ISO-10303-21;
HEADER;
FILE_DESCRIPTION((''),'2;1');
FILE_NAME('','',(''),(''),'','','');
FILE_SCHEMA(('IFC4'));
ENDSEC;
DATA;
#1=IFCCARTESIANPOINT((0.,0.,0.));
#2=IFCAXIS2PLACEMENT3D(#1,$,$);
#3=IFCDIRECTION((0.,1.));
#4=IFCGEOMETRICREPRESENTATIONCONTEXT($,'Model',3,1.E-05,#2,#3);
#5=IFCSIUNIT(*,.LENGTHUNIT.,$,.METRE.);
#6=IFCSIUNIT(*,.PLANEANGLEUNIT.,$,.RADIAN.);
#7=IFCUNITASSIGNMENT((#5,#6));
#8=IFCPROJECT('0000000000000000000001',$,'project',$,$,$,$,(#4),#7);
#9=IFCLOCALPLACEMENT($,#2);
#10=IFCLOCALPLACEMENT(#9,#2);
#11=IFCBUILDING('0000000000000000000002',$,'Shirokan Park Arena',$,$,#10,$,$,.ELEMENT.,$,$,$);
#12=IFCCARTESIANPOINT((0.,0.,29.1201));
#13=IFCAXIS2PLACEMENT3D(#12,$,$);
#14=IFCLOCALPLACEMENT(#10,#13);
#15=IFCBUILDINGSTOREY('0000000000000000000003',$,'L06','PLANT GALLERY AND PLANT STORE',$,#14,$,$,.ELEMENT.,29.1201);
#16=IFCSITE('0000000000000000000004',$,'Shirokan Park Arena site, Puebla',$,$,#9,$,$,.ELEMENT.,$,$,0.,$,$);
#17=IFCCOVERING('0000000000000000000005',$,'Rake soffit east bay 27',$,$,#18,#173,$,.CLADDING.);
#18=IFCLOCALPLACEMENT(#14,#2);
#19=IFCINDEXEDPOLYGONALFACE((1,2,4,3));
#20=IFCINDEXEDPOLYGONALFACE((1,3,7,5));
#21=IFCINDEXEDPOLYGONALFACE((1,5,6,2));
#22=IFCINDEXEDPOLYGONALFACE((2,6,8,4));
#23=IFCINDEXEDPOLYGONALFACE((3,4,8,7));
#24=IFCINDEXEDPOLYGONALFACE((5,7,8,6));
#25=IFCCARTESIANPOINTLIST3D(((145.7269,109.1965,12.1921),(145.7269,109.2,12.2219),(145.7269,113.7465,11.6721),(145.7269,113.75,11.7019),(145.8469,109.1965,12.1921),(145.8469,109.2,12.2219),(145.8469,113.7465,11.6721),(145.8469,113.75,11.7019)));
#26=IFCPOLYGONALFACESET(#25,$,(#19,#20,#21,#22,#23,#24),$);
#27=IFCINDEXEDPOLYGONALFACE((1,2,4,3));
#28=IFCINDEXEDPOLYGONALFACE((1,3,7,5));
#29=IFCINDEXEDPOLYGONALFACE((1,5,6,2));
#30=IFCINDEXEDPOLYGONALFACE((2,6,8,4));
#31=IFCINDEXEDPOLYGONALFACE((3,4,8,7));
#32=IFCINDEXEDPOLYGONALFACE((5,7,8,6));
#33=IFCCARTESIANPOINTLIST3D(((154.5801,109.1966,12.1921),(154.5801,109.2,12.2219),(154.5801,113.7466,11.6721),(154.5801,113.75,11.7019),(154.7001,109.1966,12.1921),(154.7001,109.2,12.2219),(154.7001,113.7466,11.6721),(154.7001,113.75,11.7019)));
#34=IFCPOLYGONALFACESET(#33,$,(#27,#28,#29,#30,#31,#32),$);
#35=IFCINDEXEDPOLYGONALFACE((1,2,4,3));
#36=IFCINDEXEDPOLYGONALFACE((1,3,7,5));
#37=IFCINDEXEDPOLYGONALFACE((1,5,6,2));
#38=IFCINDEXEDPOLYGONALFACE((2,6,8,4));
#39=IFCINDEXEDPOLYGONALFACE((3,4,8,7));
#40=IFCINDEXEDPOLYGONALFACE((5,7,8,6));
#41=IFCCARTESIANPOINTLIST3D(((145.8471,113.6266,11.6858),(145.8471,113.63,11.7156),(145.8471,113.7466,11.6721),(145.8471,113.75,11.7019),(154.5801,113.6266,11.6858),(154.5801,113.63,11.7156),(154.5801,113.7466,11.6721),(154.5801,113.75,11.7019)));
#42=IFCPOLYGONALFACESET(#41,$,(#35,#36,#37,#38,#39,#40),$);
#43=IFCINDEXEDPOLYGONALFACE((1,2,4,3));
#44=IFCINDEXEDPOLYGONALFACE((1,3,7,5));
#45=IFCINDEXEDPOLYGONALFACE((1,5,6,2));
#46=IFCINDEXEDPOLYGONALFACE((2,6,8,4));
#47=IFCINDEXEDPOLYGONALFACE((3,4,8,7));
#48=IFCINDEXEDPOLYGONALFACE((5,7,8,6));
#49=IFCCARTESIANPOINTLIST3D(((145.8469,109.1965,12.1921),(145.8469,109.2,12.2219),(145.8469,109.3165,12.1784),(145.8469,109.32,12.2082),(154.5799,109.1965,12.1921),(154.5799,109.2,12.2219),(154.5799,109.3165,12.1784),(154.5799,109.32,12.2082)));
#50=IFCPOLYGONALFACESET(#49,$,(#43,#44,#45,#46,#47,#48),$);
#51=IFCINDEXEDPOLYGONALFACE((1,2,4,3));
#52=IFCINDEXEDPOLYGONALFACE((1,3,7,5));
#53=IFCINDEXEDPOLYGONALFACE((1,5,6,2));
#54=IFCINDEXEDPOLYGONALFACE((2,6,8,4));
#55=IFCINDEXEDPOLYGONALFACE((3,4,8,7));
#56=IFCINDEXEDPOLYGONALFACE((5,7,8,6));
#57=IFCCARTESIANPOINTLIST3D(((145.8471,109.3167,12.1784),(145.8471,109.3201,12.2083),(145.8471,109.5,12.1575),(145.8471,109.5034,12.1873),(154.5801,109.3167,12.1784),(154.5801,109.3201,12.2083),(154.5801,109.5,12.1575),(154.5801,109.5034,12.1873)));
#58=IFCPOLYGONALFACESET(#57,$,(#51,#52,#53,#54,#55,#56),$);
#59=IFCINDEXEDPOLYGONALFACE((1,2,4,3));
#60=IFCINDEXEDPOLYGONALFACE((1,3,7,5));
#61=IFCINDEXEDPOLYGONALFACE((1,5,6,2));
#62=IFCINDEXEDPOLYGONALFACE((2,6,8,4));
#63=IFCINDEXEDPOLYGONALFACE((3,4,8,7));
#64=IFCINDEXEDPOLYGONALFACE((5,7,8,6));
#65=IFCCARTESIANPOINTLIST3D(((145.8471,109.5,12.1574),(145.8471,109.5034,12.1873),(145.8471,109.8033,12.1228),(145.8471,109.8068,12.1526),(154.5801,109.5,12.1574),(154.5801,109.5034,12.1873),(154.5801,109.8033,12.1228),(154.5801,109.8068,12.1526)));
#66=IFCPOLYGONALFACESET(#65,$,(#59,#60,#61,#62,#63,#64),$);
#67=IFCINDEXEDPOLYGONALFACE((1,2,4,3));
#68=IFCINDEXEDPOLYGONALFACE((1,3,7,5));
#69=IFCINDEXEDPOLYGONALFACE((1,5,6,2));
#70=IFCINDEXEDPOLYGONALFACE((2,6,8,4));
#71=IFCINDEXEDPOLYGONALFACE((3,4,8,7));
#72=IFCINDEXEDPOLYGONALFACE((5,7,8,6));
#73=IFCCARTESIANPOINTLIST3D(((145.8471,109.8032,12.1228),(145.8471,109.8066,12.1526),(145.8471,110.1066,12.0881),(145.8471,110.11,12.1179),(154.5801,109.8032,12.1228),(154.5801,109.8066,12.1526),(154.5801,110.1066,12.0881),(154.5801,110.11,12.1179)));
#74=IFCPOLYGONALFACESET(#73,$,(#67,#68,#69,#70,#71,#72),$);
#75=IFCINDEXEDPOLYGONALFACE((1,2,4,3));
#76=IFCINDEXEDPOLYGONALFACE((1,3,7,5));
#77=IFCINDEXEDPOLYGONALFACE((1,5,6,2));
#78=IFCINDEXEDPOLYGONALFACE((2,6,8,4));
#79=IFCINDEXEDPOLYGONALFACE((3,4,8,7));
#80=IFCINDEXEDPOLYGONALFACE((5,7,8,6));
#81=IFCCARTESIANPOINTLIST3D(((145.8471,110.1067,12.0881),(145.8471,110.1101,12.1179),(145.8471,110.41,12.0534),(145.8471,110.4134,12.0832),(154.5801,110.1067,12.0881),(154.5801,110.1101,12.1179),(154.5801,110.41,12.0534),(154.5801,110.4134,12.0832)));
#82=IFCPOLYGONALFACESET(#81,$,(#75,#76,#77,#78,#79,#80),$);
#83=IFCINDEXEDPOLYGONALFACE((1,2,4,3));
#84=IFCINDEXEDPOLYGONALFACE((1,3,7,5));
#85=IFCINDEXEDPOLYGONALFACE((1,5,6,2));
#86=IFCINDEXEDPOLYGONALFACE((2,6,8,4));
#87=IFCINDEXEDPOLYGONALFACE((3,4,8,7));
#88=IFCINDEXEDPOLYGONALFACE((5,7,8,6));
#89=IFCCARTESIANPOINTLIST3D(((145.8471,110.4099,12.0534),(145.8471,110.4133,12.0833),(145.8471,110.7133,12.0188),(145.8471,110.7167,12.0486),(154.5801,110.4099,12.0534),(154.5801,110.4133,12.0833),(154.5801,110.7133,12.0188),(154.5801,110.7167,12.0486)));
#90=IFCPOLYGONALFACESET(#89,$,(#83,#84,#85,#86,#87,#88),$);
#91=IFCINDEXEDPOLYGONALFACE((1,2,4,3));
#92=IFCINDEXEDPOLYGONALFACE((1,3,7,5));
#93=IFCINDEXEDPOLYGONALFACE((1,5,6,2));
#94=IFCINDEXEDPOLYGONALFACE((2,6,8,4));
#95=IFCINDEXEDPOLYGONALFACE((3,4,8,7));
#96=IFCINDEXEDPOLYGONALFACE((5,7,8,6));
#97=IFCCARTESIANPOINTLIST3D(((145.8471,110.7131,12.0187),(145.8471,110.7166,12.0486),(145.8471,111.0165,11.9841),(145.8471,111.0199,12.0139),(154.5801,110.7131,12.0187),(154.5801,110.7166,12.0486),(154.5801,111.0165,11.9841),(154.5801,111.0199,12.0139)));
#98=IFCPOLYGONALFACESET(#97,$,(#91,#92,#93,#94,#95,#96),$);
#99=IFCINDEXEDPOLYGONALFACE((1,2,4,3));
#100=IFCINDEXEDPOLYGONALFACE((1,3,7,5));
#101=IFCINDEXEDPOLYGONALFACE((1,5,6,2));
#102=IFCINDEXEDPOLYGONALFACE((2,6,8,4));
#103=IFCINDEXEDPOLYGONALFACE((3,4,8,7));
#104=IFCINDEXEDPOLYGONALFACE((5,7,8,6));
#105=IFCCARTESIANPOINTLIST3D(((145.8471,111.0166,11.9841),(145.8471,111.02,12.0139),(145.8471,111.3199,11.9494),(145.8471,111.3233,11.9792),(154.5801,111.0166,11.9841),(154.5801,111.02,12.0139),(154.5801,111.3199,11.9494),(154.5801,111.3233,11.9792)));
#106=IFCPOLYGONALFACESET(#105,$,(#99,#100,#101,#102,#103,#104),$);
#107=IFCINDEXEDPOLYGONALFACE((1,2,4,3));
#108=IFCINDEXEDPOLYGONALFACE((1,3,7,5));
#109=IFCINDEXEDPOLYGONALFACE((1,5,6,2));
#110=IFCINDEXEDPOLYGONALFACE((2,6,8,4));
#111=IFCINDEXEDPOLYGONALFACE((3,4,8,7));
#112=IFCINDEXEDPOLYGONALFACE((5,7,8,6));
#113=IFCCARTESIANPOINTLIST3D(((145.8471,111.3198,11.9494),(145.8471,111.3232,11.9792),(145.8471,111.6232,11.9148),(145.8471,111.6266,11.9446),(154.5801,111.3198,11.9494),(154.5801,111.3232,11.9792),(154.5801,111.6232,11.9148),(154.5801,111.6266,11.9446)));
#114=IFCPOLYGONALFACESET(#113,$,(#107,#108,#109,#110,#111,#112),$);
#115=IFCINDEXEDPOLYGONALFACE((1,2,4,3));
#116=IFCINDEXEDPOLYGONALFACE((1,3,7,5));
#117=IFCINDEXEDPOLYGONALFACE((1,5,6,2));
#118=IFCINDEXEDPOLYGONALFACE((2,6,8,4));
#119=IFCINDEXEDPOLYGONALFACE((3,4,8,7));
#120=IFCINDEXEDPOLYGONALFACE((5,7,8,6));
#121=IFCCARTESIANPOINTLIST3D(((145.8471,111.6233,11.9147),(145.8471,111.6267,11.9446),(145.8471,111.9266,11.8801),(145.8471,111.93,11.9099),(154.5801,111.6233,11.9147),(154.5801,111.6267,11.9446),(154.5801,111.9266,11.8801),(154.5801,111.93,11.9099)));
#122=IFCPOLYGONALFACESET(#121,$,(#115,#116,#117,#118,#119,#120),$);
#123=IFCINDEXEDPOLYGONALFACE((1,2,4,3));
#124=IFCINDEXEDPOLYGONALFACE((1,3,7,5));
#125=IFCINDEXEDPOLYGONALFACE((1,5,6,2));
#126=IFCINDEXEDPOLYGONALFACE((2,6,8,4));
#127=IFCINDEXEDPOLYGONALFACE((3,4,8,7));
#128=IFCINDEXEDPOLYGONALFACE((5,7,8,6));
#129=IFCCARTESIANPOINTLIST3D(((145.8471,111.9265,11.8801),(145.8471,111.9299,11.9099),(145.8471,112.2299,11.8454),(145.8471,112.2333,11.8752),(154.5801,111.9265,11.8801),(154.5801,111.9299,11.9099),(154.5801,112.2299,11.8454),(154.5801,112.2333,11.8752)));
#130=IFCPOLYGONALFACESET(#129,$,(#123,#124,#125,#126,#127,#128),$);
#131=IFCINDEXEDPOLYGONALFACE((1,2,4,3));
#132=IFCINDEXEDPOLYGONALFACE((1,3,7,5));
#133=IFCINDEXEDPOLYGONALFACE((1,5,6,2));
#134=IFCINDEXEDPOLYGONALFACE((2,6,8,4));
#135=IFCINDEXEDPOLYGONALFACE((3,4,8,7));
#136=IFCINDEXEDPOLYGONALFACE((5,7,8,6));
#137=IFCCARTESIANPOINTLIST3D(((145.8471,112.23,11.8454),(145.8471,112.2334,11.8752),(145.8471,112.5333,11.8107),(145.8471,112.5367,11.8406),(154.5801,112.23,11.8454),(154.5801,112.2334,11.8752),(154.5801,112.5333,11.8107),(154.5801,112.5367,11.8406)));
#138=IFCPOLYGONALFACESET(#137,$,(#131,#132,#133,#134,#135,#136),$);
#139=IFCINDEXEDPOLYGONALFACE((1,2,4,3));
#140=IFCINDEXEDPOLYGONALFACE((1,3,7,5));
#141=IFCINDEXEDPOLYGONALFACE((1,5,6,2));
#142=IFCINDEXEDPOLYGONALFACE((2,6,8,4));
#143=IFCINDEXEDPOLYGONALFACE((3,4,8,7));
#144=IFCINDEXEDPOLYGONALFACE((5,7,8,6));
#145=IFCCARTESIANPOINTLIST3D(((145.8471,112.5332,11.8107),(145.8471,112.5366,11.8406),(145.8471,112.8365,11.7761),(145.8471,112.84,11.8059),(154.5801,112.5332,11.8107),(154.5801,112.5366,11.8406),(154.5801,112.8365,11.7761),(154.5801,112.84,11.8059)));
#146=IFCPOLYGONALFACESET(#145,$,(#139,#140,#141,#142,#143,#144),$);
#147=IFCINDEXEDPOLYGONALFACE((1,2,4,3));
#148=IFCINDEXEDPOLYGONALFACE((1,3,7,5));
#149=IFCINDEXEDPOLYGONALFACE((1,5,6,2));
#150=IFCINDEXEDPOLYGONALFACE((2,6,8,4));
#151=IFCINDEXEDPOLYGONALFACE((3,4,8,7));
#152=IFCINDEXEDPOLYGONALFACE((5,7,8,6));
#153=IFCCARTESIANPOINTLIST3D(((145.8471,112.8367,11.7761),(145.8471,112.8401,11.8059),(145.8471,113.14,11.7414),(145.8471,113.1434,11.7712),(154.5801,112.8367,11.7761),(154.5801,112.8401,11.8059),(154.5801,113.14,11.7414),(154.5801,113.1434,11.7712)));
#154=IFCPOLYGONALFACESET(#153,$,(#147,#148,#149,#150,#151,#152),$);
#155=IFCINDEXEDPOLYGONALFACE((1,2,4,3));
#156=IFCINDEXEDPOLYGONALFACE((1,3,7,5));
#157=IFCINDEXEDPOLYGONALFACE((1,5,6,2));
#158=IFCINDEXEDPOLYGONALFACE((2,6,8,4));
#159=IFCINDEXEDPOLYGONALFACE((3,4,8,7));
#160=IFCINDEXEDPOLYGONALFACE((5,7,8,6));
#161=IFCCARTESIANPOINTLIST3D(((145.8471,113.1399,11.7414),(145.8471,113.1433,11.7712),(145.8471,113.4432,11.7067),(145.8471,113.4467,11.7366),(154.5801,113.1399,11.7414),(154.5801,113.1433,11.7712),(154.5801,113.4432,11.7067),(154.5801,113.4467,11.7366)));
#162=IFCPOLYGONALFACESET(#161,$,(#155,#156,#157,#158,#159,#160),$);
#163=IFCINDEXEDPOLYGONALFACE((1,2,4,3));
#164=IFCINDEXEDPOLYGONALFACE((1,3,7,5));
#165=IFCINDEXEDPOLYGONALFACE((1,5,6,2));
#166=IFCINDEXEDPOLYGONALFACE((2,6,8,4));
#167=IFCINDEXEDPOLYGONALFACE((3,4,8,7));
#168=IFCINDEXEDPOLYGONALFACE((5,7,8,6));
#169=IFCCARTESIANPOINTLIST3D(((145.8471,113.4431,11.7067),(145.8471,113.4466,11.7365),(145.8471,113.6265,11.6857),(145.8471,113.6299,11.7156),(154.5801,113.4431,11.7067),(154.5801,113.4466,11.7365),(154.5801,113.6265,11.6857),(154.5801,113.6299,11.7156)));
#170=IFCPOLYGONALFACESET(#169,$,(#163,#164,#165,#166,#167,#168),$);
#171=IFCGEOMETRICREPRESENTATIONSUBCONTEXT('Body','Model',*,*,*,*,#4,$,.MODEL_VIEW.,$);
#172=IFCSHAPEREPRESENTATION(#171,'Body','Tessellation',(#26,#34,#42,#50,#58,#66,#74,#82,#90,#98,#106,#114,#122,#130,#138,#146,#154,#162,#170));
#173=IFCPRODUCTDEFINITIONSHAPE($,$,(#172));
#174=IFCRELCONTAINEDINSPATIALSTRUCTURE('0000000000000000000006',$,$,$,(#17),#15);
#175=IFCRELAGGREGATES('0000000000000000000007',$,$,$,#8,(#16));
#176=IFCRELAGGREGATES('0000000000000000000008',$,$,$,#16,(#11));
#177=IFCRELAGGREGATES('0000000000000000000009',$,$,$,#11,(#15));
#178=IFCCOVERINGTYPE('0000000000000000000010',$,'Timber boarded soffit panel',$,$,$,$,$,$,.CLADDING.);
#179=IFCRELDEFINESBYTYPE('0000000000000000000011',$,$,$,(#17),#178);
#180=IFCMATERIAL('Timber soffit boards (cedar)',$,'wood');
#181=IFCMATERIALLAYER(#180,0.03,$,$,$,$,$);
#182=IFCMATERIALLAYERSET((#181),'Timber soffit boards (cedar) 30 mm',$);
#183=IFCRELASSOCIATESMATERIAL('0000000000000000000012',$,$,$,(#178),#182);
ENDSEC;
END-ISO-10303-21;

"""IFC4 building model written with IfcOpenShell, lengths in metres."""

from ifc_helpers import new_model, si_unit, direction, frame, origin, place, context, subcontext, project, spatial, polyline, outline, extrude, material, layer, layer_set, type_object, element, save


model = new_model("IFC4")

# Units and contexts
model_context = context("Model", 3, precision=1e-05, world=origin(), true_north=direction((0.0, 1.0)))
body_context = subcontext(model_context, "Body", "Model", "MODEL_VIEW")
ifc_project = project(units=[si_unit("LENGTHUNIT", "METRE"), si_unit("PLANEANGLEUNIT", "RADIAN")], contexts=[model_context])

# Site, building, storey
site_placement = place(None, origin())
site = spatial("IfcSite", under=ifc_project, at=site_placement, Name="Shirokan Park Arena site, Puebla", CompositionType="ELEMENT", RefElevation=0.0)
building_placement = place(site_placement, origin())
building = spatial("IfcBuilding", under=site, at=building_placement, Name="Shirokan Park Arena", CompositionType="ELEMENT")
storey_placement = place(building_placement, frame((0.0, 0.0, 29.1201)))
storey = spatial("IfcBuildingStorey", under=building, at=storey_placement, Name="L06", Description="PLANT GALLERY AND PLANT STORE", CompositionType="ELEMENT", Elevation=29.1201)

# Covering
ifc_material_1 = material(Name="Timber soffit boards (cedar)", Category="wood")
ifc_layer_1 = layer(ifc_material_1, 0.03)
ifc_layer_set_1 = layer_set([ifc_layer_1], Name="Timber soffit boards (cedar) 30 mm")
covering_type_1 = type_object("IfcCoveringType", Name="Timber boarded soffit panel", PredefinedType="CLADDING", material=ifc_layer_set_1)
covering_1_placement = place(storey_placement, origin())
element("IfcCovering", 1, at=covering_1_placement, inside=storey, type_object=covering_type_1, Name="Rake soffit east bay 27", PredefinedType="CLADDING", context=body_context, shape_type="SweptSolid", body=[
    extrude(outline(polyline([(0.0, 0.0), (0.12, 0.0), (0.12, -4.5796), (0.0, -4.5796), (0.0, 0.0)])), frame((145.8469, 109.2, 12.2219), z_axis=(0.0, 0.113547, 0.993533), x_axis=(-1.0, 0.0, 0.0)), (0.0, 0.0, -1.0), 0.03),
    extrude(outline(polyline([(0.0, 0.0), (0.12, 0.0), (0.12, -4.5796), (0.0, -4.5796), (0.0, 0.0)])), frame((154.5801, 113.75, 11.7019), z_axis=(0.0, 0.113547, 0.993533), x_axis=(1.0, 0.0, 0.0)), (0.0, 0.0, -1.0), 0.03),
    extrude(outline(polyline([(0.0, 0.0), (0.1208, 0.0), (0.1208, -8.733), (0.0, -8.733), (0.0, 0.0)])), frame((154.5801, 113.75, 11.7019), z_axis=(0.0, 0.113512, 0.993537), x_axis=(0.0, -0.993537, 0.113512)), (0.0, 0.0, -1.0), 0.03),
    extrude(outline(polyline([(0.0, 0.0), (0.1208, 0.0), (0.1208, -8.733), (0.0, -8.733), (0.0, 0.0)])), frame((145.8469, 109.2, 12.2219), z_axis=(0.0, 0.113512, 0.993537), x_axis=(0.0, 0.993537, -0.113512)), (0.0, 0.0, -1.0), 0.03),
    extrude(outline(polyline([(0.0, 0.0), (8.733, 0.0), (8.733, -0.1845), (0.0, -0.1845), (0.0, 0.0)])), frame((154.5801, 109.3201, 12.2083), z_axis=(0.0, 0.113589, 0.993528), x_axis=(-1.0, 0.0, 0.0)), (0.0, 0.0, -1.0), 0.03),
    extrude(outline(polyline([(0.0, 0.0), (8.733, 0.0), (8.733, -0.3053), (0.0, -0.3053), (0.0, 0.0)])), frame((154.5801, 109.5034, 12.1873), z_axis=(0.0, 0.113523, 0.993535), x_axis=(-1.0, 0.0, 0.0)), (0.0, 0.0, -1.0), 0.03),
    extrude(outline(polyline([(0.0, 0.0), (8.733, 0.0), (8.733, -0.3053), (0.0, -0.3053), (0.0, 0.0)])), frame((154.5801, 109.8066, 12.1526), z_axis=(0.0, 0.113559, 0.993531), x_axis=(-1.0, 0.0, 0.0)), (0.0, 0.0, -1.0), 0.03),
    extrude(outline(polyline([(0.0, 0.0), (8.733, 0.0), (8.733, -0.3053), (0.0, -0.3053), (0.0, 0.0)])), frame((154.5801, 110.1101, 12.1179), z_axis=(0.0, 0.113559, 0.993531), x_axis=(-1.0, 0.0, 0.0)), (0.0, 0.0, -1.0), 0.03),
    extrude(outline(polyline([(0.0, 0.0), (8.733, 0.0), (8.733, -0.3053), (0.0, -0.3053), (0.0, 0.0)])), frame((154.5801, 110.4133, 12.0833), z_axis=(0.0, 0.113523, 0.993535), x_axis=(-1.0, 0.0, 0.0)), (0.0, 0.0, -1.0), 0.03),
    extrude(outline(polyline([(0.0, 0.0), (8.733, 0.0), (8.733, -0.3053), (0.0, -0.3053), (0.0, 0.0)])), frame((154.5801, 110.7166, 12.0486), z_axis=(0.0, 0.113559, 0.993531), x_axis=(-1.0, 0.0, 0.0)), (0.0, 0.0, -1.0), 0.03),
    extrude(outline(polyline([(0.0, 0.0), (8.733, 0.0), (8.733, -0.3053), (0.0, -0.3053), (0.0, 0.0)])), frame((154.5801, 111.02, 12.0139), z_axis=(0.0, 0.113559, 0.993531), x_axis=(-1.0, 0.0, 0.0)), (0.0, 0.0, -1.0), 0.03),
    extrude(outline(polyline([(0.0, 0.0), (8.733, 0.0), (8.733, -0.3053), (0.0, -0.3053), (0.0, 0.0)])), frame((154.5801, 111.3232, 11.9792), z_axis=(0.0, 0.113523, 0.993535), x_axis=(-1.0, 0.0, 0.0)), (0.0, 0.0, -1.0), 0.03),
    extrude(outline(polyline([(0.0, 0.0), (8.733, 0.0), (8.733, -0.3053), (0.0, -0.3053), (0.0, 0.0)])), frame((154.5801, 111.6267, 11.9446), z_axis=(0.0, 0.113559, 0.993531), x_axis=(-1.0, 0.0, 0.0)), (0.0, 0.0, -1.0), 0.03),
    extrude(outline(polyline([(0.0, 0.0), (8.733, 0.0), (8.733, -0.3053), (0.0, -0.3053), (0.0, 0.0)])), frame((154.5801, 111.9299, 11.9099), z_axis=(0.0, 0.113559, 0.993531), x_axis=(-1.0, 0.0, 0.0)), (0.0, 0.0, -1.0), 0.03),
    extrude(outline(polyline([(0.0, 0.0), (8.733, 0.0), (8.733, -0.3053), (0.0, -0.3053), (0.0, 0.0)])), frame((154.5801, 112.2334, 11.8752), z_axis=(0.0, 0.113523, 0.993535), x_axis=(-1.0, 0.0, 0.0)), (0.0, 0.0, -1.0), 0.03),
    extrude(outline(polyline([(0.0, 0.0), (8.733, 0.0), (8.733, -0.3053), (0.0, -0.3053), (0.0, 0.0)])), frame((154.5801, 112.5366, 11.8406), z_axis=(0.0, 0.113559, 0.993531), x_axis=(-1.0, 0.0, 0.0)), (0.0, 0.0, -1.0), 0.03),
    extrude(outline(polyline([(0.0, 0.0), (8.733, 0.0), (8.733, -0.3053), (0.0, -0.3053), (0.0, 0.0)])), frame((154.5801, 112.8401, 11.8059), z_axis=(0.0, 0.113559, 0.993531), x_axis=(-1.0, 0.0, 0.0)), (0.0, 0.0, -1.0), 0.03),
    extrude(outline(polyline([(0.0, 0.0), (8.733, 0.0), (8.733, -0.3053), (0.0, -0.3053), (0.0, 0.0)])), frame((154.5801, 113.1433, 11.7712), z_axis=(0.0, 0.113523, 0.993535), x_axis=(-1.0, 0.0, 0.0)), (0.0, 0.0, -1.0), 0.03),
    extrude(outline(polyline([(0.0, 0.0), (0.1845, 0.0), (0.1845, -8.733), (0.0, -8.733), (0.0, 0.0)])), frame((154.5801, 113.6299, 11.7156), z_axis=(0.0, 0.113589, 0.993528), x_axis=(0.0, -0.993528, 0.113589)), (0.0, 0.0, -1.0), 0.03),
])

save(model, "model.ifc")
